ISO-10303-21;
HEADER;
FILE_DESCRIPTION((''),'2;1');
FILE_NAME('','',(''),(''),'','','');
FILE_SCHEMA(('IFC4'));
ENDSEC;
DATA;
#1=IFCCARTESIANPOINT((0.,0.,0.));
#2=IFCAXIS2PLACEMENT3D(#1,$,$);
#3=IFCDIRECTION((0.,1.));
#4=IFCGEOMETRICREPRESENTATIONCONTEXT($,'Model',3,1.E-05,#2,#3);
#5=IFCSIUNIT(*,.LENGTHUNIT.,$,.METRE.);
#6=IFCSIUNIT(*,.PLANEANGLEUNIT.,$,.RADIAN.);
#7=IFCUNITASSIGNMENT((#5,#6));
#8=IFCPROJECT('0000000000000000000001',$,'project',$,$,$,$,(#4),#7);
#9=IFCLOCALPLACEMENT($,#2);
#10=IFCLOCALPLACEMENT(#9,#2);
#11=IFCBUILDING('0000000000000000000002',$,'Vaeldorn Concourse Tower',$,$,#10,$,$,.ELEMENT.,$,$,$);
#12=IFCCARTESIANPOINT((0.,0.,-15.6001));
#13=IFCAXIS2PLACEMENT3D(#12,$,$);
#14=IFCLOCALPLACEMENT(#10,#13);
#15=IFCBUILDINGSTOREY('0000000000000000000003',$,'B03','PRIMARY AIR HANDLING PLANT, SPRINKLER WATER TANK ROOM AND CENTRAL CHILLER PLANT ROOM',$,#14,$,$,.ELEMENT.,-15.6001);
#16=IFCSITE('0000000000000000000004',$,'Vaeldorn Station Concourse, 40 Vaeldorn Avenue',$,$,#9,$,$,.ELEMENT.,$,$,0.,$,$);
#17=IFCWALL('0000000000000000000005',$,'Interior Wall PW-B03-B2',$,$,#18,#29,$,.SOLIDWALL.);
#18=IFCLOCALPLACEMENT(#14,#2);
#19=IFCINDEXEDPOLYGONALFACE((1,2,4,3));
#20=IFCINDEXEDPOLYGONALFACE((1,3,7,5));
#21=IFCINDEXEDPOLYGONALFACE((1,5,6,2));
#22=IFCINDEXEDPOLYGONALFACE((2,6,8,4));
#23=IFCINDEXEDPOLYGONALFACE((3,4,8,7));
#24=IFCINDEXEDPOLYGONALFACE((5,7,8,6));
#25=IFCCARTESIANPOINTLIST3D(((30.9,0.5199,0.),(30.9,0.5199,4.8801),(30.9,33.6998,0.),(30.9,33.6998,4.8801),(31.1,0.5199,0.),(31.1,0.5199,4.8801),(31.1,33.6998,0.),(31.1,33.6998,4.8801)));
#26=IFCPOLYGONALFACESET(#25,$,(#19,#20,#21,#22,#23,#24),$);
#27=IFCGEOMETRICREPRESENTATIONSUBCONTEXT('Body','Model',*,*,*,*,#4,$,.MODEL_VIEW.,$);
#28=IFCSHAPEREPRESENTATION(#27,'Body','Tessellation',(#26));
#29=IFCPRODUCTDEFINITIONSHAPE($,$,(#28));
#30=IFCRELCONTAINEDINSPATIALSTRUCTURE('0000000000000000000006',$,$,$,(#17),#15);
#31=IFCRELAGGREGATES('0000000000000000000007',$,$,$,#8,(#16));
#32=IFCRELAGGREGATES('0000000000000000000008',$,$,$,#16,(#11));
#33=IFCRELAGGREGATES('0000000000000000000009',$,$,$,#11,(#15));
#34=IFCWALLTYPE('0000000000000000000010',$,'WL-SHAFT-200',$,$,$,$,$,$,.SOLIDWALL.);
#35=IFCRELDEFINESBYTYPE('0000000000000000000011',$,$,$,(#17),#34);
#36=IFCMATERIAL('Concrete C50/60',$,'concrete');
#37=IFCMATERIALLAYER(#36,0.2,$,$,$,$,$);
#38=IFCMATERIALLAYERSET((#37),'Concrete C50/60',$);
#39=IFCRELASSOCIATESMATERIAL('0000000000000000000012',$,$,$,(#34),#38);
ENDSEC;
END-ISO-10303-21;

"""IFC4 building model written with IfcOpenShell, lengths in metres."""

from ifc_helpers import new_model, si_unit, direction, frame, frame_2d, origin, place, context, subcontext, project, spatial, rectangle, extrude, material, layer, layer_set, type_object, element, save


model = new_model("IFC4")

# Units and contexts
model_context = context("Model", 3, precision=1e-05, world=origin(), true_north=direction((0.0, 1.0)))
body_context = subcontext(model_context, "Body", "Model", "MODEL_VIEW")
ifc_project = project(units=[si_unit("LENGTHUNIT", "METRE"), si_unit("PLANEANGLEUNIT", "RADIAN")], contexts=[model_context])

# Site, building, storey
site_placement = place(None, origin())
site = spatial("IfcSite", under=ifc_project, at=site_placement, Name="Vaeldorn Station Concourse, 40 Vaeldorn Avenue", CompositionType="ELEMENT", RefElevation=0.0)
building_placement = place(site_placement, origin())
building = spatial("IfcBuilding", under=site, at=building_placement, Name="Vaeldorn Concourse Tower", CompositionType="ELEMENT")
storey_placement = place(building_placement, frame((0.0, 0.0, -15.6001)))
storey = spatial("IfcBuildingStorey", under=building, at=storey_placement, Name="B03", Description="PRIMARY AIR HANDLING PLANT, SPRINKLER WATER TANK ROOM AND CENTRAL CHILLER PLANT ROOM", CompositionType="ELEMENT", Elevation=-15.6001)

# Shared definitions
ifc_material_1 = material(Name="Concrete C50/60", Category="concrete")

# Wall
ifc_layer_1 = layer(ifc_material_1, 0.2)
ifc_layer_set_1 = layer_set([ifc_layer_1], Name="Concrete C50/60")
wall_type = type_object("IfcWallType", Name="WL-SHAFT-200", PredefinedType="SOLIDWALL", material=ifc_layer_set_1)
wall_placement = place(storey_placement, frame((31.0, 0.52, 0.0), z_axis=(0.0, 0.0, 1.0), x_axis=(0.0, 1.0, 0.0)))
element("IfcWall", 1, at=wall_placement, inside=storey, type_object=wall_type, Name="Interior Wall PW-B03-B2", PredefinedType="SOLIDWALL", context=body_context, shape_type="SweptSolid", body=[
    extrude(rectangle(XDim=33.1799, YDim=0.2, at=frame_2d((16.5898, 0.0))), origin(), (0.0, 0.0, 1.0), 4.8801),
])

save(model, "model.ifc")
